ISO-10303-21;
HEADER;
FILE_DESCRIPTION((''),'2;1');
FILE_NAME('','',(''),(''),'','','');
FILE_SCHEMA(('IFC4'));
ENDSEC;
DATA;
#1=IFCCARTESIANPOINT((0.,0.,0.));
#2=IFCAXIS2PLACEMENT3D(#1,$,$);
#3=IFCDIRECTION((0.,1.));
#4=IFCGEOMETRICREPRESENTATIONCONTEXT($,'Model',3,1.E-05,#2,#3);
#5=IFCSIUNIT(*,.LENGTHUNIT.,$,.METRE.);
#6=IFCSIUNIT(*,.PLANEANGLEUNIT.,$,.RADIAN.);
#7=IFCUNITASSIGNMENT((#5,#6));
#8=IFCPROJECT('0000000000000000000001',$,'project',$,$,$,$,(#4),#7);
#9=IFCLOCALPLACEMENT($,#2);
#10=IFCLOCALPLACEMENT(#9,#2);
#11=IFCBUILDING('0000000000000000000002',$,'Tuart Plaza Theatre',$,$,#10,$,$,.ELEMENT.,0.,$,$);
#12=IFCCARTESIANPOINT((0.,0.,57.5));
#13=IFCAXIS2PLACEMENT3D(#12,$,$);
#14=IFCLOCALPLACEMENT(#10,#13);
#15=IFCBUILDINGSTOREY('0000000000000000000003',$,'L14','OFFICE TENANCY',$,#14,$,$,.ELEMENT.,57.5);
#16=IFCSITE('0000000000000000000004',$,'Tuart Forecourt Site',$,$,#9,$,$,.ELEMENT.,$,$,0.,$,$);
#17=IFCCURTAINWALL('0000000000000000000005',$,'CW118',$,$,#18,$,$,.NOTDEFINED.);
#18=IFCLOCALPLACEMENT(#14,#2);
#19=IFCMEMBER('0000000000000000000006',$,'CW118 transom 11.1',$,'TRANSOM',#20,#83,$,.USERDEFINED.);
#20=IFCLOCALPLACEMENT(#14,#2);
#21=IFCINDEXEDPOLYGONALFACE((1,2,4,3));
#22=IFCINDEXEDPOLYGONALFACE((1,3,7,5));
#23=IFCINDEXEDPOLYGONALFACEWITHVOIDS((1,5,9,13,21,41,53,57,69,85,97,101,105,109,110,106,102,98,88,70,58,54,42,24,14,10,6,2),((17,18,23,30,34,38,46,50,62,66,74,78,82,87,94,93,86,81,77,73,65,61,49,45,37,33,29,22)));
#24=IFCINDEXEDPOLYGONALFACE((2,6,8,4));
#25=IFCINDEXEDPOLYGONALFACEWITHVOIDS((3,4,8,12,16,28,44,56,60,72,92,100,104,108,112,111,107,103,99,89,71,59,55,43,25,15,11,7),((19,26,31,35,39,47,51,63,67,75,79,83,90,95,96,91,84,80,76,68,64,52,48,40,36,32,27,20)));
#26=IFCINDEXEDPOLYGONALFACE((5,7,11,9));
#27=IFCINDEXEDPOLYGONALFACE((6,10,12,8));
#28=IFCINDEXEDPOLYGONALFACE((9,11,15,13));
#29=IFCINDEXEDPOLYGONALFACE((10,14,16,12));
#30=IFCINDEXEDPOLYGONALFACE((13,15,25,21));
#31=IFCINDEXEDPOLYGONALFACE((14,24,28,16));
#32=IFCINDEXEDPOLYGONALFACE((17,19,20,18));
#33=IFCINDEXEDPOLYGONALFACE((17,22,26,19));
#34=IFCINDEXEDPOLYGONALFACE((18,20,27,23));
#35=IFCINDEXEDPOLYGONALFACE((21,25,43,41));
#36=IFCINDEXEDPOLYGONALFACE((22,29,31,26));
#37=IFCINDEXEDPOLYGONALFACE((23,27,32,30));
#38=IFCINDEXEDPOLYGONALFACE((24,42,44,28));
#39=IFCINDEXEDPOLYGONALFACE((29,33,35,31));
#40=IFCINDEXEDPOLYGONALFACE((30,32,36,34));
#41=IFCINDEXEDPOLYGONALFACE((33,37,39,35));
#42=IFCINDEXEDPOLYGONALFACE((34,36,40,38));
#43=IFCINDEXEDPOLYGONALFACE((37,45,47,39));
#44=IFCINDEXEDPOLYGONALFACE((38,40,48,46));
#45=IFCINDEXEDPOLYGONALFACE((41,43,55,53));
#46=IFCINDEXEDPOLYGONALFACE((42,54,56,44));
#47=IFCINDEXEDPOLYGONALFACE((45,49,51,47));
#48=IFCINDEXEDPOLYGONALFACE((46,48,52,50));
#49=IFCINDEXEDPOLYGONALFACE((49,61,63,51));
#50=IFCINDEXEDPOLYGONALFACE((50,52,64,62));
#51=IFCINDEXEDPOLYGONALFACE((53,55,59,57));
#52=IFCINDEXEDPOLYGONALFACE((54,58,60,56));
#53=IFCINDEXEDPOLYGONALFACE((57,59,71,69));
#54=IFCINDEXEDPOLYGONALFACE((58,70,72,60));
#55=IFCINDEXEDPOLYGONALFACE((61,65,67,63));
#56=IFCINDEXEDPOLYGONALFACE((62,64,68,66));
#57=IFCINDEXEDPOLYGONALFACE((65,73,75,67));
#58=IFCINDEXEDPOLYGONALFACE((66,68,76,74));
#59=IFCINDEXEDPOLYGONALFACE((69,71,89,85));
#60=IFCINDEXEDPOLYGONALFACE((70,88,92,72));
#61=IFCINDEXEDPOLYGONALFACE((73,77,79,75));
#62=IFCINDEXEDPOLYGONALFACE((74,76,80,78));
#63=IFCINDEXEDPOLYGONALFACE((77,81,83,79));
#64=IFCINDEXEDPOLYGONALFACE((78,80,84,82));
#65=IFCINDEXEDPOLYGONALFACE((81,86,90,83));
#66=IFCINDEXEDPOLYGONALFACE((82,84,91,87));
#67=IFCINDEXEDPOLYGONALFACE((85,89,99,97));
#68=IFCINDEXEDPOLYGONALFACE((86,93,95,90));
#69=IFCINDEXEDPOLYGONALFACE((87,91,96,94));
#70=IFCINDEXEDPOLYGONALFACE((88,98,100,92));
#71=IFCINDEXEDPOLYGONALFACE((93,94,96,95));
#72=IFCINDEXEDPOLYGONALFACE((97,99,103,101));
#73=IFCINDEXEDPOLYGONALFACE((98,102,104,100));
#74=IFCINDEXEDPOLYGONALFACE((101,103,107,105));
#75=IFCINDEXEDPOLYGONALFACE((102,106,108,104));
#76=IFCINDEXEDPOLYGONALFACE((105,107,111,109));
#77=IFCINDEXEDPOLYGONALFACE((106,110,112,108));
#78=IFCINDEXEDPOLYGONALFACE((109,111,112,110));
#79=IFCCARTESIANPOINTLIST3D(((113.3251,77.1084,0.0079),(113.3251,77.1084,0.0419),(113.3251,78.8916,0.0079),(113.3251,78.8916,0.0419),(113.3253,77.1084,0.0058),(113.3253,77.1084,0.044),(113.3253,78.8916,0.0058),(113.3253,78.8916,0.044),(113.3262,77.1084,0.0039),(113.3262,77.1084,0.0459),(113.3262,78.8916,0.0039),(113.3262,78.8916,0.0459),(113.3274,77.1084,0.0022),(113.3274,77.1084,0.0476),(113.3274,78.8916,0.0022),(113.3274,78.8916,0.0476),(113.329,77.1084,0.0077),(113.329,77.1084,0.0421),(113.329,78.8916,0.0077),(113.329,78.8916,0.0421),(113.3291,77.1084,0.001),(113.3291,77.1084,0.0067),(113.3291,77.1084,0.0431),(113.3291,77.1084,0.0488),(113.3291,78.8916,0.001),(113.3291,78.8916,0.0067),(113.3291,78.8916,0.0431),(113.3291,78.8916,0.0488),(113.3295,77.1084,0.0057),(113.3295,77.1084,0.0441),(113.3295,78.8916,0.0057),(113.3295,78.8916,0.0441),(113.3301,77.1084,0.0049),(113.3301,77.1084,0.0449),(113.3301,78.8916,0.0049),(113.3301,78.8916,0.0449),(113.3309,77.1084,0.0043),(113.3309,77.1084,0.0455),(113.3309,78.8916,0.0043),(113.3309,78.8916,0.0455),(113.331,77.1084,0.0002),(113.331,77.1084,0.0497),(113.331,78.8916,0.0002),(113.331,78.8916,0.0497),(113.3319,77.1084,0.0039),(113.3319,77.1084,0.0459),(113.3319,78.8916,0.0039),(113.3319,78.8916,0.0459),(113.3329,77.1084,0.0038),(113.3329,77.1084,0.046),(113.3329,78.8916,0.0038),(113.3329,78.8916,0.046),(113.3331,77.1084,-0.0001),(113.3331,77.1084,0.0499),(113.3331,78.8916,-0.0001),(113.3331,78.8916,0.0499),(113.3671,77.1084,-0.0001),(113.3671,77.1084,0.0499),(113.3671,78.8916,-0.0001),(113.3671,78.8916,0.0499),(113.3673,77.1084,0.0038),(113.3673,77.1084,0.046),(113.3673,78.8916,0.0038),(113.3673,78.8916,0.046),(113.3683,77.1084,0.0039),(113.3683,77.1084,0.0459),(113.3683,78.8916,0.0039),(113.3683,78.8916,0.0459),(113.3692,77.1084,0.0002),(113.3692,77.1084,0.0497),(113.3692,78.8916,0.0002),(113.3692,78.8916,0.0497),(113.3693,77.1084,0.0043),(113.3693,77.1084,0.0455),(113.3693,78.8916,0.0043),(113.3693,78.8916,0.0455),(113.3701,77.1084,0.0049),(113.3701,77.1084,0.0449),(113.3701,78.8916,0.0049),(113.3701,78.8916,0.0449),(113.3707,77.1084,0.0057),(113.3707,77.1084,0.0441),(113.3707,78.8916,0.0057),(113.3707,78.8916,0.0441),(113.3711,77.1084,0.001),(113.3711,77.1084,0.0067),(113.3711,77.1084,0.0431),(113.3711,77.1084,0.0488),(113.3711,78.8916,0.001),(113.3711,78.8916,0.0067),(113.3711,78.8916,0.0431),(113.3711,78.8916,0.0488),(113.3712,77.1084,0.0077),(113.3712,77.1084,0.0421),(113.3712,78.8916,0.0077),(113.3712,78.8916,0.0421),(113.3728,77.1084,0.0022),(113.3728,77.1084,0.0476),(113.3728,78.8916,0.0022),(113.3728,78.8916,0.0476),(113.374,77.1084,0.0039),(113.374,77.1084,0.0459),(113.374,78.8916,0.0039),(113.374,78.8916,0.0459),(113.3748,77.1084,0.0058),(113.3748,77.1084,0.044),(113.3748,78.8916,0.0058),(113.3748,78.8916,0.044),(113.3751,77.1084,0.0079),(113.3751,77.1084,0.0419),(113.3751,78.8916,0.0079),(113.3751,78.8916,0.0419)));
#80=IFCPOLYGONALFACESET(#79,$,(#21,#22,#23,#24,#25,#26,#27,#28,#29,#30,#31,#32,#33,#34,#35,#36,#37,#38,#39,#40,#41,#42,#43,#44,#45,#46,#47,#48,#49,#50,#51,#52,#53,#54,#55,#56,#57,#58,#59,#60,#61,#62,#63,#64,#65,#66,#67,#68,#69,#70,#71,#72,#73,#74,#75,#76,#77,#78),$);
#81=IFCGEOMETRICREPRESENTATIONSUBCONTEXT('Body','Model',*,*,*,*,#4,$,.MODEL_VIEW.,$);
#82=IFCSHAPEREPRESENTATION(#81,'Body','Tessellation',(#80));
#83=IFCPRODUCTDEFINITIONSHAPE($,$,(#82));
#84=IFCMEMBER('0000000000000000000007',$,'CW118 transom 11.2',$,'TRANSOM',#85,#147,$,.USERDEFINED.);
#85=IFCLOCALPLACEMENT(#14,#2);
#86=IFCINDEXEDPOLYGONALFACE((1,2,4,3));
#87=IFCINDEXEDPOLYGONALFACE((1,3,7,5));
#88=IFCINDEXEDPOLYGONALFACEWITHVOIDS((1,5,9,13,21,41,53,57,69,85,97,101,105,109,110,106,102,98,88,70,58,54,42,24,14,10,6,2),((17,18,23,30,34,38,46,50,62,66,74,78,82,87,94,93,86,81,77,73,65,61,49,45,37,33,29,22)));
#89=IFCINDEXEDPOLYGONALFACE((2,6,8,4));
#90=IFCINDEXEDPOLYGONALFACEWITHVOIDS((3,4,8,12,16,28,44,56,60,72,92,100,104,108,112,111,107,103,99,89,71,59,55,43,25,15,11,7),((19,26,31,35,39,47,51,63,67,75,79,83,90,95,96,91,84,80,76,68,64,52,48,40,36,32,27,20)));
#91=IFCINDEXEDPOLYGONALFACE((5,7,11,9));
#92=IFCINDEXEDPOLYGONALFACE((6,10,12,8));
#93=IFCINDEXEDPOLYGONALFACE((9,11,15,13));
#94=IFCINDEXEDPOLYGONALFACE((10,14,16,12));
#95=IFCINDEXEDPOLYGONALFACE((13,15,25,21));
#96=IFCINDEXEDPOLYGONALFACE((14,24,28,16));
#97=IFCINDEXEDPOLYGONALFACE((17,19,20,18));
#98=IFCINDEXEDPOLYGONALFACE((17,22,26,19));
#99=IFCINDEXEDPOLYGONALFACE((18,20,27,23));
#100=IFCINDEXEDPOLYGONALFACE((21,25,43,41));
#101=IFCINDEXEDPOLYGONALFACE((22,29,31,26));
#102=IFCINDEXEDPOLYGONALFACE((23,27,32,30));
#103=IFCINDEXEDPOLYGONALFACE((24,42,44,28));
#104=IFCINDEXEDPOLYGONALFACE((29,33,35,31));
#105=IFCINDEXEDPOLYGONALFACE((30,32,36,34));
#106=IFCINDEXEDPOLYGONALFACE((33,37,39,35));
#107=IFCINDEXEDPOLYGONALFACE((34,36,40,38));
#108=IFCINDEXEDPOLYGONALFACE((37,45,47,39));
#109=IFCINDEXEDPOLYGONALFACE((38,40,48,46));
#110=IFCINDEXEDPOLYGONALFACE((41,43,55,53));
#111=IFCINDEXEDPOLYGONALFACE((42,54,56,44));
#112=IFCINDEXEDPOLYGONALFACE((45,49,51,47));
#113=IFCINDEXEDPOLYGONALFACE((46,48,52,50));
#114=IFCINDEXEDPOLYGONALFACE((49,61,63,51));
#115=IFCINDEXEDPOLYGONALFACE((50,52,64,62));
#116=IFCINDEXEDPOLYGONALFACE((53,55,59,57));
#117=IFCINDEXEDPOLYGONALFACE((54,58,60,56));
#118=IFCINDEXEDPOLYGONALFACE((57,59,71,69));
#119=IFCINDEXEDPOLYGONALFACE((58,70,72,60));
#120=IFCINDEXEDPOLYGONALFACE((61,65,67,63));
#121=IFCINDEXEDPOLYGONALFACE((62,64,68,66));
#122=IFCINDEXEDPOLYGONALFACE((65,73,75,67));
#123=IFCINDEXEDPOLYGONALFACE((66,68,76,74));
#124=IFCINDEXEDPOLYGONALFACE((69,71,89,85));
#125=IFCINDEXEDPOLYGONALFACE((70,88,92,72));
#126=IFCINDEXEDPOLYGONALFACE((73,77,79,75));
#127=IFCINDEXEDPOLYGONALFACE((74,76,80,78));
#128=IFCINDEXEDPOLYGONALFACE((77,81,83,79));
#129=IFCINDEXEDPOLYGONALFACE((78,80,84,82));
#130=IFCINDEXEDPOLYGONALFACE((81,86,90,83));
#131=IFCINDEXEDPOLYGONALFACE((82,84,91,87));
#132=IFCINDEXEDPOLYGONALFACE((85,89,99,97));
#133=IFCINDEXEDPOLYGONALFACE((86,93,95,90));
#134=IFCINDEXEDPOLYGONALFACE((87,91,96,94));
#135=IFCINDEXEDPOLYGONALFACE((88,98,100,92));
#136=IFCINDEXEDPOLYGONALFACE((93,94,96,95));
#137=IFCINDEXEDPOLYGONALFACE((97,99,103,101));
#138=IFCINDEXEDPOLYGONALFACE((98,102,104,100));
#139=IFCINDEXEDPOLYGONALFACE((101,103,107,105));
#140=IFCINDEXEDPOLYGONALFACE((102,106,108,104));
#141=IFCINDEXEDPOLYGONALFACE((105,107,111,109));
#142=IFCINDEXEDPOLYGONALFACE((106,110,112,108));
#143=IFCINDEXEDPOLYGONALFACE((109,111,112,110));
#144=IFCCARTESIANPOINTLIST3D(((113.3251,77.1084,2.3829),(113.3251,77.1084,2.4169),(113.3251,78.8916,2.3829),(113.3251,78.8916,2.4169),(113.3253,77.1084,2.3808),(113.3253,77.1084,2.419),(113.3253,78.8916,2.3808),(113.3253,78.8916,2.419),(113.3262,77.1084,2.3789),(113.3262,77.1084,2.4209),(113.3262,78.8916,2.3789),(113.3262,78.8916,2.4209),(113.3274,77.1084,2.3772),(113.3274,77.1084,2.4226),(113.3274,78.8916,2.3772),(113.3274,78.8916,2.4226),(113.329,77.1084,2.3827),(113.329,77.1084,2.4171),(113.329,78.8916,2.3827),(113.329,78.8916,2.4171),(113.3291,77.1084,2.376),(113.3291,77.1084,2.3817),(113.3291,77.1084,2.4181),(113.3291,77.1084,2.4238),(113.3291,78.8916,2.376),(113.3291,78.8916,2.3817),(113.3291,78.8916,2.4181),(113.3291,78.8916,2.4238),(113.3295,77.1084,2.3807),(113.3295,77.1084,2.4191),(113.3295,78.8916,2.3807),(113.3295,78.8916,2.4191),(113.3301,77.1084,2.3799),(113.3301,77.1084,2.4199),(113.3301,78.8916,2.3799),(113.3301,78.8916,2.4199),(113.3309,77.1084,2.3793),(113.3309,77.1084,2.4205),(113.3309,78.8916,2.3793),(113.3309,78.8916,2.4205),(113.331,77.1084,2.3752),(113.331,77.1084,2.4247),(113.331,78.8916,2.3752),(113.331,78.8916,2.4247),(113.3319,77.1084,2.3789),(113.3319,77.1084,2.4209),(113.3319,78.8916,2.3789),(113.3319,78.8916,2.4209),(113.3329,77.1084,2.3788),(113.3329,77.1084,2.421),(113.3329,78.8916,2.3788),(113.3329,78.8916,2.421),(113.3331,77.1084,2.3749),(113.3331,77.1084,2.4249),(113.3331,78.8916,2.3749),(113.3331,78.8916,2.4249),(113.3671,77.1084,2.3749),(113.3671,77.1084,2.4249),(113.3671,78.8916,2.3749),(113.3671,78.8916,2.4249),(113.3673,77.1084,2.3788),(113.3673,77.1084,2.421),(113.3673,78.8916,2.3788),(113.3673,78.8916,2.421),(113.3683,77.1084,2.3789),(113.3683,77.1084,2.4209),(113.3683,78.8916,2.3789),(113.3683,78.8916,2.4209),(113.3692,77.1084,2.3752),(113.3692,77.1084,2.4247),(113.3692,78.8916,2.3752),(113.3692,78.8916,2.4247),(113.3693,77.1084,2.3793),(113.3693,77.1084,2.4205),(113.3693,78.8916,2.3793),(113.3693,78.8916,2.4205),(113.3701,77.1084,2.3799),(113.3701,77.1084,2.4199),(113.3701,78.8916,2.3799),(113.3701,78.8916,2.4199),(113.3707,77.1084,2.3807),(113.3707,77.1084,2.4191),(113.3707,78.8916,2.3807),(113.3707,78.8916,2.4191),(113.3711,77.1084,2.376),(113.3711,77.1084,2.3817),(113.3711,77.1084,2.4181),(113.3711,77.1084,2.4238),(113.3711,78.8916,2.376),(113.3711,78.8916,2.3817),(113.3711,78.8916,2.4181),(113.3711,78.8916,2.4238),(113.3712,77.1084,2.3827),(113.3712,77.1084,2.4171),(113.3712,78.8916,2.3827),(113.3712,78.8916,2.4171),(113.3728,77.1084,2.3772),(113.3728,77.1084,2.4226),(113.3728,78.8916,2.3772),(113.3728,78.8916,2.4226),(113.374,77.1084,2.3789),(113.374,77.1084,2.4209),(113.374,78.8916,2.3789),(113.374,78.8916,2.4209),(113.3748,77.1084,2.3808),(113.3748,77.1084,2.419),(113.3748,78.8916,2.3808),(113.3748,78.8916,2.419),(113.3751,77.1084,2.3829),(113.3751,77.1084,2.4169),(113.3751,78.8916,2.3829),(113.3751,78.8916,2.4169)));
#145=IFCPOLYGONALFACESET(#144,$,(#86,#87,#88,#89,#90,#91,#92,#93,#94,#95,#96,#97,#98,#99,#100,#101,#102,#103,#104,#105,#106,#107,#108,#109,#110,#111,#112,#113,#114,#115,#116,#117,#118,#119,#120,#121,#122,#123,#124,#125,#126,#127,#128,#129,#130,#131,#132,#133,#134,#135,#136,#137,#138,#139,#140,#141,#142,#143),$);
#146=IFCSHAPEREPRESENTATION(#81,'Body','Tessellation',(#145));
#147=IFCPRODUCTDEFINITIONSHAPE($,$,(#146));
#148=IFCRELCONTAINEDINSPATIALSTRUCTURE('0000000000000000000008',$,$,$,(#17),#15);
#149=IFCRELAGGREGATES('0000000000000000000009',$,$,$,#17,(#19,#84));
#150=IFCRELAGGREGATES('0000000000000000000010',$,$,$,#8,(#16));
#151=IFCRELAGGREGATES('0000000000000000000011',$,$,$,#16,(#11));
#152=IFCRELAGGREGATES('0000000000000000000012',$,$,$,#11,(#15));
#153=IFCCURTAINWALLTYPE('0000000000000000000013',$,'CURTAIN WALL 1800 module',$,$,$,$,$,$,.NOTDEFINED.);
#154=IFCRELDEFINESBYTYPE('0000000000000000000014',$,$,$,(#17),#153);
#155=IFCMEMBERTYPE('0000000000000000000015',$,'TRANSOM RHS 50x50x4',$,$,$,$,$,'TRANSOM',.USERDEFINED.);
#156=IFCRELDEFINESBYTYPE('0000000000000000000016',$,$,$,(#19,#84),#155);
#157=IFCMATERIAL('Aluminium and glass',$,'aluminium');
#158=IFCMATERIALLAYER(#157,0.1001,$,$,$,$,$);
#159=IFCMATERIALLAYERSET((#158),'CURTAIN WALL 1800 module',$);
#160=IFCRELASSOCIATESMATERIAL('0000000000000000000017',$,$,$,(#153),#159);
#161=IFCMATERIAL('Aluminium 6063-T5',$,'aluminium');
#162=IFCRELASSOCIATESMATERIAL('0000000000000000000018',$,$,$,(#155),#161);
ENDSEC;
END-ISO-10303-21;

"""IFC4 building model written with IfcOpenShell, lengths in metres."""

from ifc_helpers import new_model, si_unit, direction, frame, origin, origin_2d, place, context, subcontext, project, spatial, hollow_rectangle, extrude, material, layer, layer_set, material_profile, profile_set, type_object, element, aggregate, save


model = new_model("IFC4")

# Units and contexts
model_context = context("Model", 3, precision=1e-05, world=origin(), true_north=direction((0.0, 1.0)))
body_context = subcontext(model_context, "Body", "Model", "MODEL_VIEW")
ifc_project = project(units=[si_unit("LENGTHUNIT", "METRE"), si_unit("PLANEANGLEUNIT", "RADIAN")], contexts=[model_context])

# Site, building, storey
site_placement = place(None, origin())
site = spatial("IfcSite", under=ifc_project, at=site_placement, Name="Tuart Forecourt Site", CompositionType="ELEMENT", RefElevation=0.0)
building_placement = place(site_placement, origin())
building = spatial("IfcBuilding", under=site, at=building_placement, Name="Tuart Plaza Theatre", CompositionType="ELEMENT", ElevationOfRefHeight=0.0)
storey_placement = place(building_placement, frame((0.0, 0.0, 57.5)))
storey = spatial("IfcBuildingStorey", under=building, at=storey_placement, Name="L14", Description="OFFICE TENANCY", CompositionType="ELEMENT", Elevation=57.5)

# Curtain wall, members
ifc_material_1 = material(Name="Aluminium and glass", Category="aluminium")
ifc_layer_1 = layer(ifc_material_1, 0.1001)
ifc_layer_set_1 = layer_set([ifc_layer_1], Name="CURTAIN WALL 1800 module")
curtain_wall_type = type_object("IfcCurtainWallType", Name="CURTAIN WALL 1800 module", PredefinedType="NOTDEFINED", material=ifc_layer_set_1)
curtain_wall_placement = place(storey_placement, origin())
curtain_wall = element("IfcCurtainWall", 1, at=curtain_wall_placement, inside=storey, type_object=curtain_wall_type, Name="CW118", PredefinedType="NOTDEFINED")
ifc_material_2 = material(Name="Aluminium 6063-T5", Category="aluminium")
ifc_material_profile = material_profile(ifc_material_2, hollow_rectangle(XDim=0.05, YDim=0.05, WallThickness=0.0039, InnerFilletRadius=0.0039, OuterFilletRadius=0.0081, at=origin_2d()), Name="RHS 50x50x4")
ifc_profile_set = profile_set([ifc_material_profile], Name="Aluminium 6063-T5")
member_type = type_object("IfcMemberType", Name="TRANSOM RHS 50x50x4", ElementType="TRANSOM", PredefinedType="USERDEFINED", material=ifc_profile_set)
member_1_placement = place(storey_placement, frame((113.3501, 78.8916, 0.0249), z_axis=(0.0, -1.0, 0.0), x_axis=(1.0, 0.0, 0.0)))
member_1 = element("IfcMember", 2, at=member_1_placement, type_object=member_type, Name="CW118 transom 11.1", ObjectType="TRANSOM", PredefinedType="USERDEFINED", context=body_context, shape_type="SweptSolid", body=[
    extrude(hollow_rectangle(XDim=0.05, YDim=0.05, WallThickness=0.0039, InnerFilletRadius=0.0039, OuterFilletRadius=0.0081, at=origin_2d()), origin(), (0.0, 0.0, 1.0), 1.7832),
])
member_2_placement = place(storey_placement, frame((113.3501, 78.8916, 2.3999), z_axis=(0.0, -1.0, 0.0), x_axis=(1.0, 0.0, 0.0)))
member_2 = element("IfcMember", 3, at=member_2_placement, type_object=member_type, Name="CW118 transom 11.2", ObjectType="TRANSOM", PredefinedType="USERDEFINED", context=body_context, shape_type="SweptSolid", body=[
    extrude(hollow_rectangle(XDim=0.05, YDim=0.05, WallThickness=0.0039, InnerFilletRadius=0.0039, OuterFilletRadius=0.0081, at=origin_2d()), origin(), (0.0, 0.0, 1.0), 1.7832),
])
aggregate(curtain_wall, [member_1, member_2])

save(model, "model.ifc")
